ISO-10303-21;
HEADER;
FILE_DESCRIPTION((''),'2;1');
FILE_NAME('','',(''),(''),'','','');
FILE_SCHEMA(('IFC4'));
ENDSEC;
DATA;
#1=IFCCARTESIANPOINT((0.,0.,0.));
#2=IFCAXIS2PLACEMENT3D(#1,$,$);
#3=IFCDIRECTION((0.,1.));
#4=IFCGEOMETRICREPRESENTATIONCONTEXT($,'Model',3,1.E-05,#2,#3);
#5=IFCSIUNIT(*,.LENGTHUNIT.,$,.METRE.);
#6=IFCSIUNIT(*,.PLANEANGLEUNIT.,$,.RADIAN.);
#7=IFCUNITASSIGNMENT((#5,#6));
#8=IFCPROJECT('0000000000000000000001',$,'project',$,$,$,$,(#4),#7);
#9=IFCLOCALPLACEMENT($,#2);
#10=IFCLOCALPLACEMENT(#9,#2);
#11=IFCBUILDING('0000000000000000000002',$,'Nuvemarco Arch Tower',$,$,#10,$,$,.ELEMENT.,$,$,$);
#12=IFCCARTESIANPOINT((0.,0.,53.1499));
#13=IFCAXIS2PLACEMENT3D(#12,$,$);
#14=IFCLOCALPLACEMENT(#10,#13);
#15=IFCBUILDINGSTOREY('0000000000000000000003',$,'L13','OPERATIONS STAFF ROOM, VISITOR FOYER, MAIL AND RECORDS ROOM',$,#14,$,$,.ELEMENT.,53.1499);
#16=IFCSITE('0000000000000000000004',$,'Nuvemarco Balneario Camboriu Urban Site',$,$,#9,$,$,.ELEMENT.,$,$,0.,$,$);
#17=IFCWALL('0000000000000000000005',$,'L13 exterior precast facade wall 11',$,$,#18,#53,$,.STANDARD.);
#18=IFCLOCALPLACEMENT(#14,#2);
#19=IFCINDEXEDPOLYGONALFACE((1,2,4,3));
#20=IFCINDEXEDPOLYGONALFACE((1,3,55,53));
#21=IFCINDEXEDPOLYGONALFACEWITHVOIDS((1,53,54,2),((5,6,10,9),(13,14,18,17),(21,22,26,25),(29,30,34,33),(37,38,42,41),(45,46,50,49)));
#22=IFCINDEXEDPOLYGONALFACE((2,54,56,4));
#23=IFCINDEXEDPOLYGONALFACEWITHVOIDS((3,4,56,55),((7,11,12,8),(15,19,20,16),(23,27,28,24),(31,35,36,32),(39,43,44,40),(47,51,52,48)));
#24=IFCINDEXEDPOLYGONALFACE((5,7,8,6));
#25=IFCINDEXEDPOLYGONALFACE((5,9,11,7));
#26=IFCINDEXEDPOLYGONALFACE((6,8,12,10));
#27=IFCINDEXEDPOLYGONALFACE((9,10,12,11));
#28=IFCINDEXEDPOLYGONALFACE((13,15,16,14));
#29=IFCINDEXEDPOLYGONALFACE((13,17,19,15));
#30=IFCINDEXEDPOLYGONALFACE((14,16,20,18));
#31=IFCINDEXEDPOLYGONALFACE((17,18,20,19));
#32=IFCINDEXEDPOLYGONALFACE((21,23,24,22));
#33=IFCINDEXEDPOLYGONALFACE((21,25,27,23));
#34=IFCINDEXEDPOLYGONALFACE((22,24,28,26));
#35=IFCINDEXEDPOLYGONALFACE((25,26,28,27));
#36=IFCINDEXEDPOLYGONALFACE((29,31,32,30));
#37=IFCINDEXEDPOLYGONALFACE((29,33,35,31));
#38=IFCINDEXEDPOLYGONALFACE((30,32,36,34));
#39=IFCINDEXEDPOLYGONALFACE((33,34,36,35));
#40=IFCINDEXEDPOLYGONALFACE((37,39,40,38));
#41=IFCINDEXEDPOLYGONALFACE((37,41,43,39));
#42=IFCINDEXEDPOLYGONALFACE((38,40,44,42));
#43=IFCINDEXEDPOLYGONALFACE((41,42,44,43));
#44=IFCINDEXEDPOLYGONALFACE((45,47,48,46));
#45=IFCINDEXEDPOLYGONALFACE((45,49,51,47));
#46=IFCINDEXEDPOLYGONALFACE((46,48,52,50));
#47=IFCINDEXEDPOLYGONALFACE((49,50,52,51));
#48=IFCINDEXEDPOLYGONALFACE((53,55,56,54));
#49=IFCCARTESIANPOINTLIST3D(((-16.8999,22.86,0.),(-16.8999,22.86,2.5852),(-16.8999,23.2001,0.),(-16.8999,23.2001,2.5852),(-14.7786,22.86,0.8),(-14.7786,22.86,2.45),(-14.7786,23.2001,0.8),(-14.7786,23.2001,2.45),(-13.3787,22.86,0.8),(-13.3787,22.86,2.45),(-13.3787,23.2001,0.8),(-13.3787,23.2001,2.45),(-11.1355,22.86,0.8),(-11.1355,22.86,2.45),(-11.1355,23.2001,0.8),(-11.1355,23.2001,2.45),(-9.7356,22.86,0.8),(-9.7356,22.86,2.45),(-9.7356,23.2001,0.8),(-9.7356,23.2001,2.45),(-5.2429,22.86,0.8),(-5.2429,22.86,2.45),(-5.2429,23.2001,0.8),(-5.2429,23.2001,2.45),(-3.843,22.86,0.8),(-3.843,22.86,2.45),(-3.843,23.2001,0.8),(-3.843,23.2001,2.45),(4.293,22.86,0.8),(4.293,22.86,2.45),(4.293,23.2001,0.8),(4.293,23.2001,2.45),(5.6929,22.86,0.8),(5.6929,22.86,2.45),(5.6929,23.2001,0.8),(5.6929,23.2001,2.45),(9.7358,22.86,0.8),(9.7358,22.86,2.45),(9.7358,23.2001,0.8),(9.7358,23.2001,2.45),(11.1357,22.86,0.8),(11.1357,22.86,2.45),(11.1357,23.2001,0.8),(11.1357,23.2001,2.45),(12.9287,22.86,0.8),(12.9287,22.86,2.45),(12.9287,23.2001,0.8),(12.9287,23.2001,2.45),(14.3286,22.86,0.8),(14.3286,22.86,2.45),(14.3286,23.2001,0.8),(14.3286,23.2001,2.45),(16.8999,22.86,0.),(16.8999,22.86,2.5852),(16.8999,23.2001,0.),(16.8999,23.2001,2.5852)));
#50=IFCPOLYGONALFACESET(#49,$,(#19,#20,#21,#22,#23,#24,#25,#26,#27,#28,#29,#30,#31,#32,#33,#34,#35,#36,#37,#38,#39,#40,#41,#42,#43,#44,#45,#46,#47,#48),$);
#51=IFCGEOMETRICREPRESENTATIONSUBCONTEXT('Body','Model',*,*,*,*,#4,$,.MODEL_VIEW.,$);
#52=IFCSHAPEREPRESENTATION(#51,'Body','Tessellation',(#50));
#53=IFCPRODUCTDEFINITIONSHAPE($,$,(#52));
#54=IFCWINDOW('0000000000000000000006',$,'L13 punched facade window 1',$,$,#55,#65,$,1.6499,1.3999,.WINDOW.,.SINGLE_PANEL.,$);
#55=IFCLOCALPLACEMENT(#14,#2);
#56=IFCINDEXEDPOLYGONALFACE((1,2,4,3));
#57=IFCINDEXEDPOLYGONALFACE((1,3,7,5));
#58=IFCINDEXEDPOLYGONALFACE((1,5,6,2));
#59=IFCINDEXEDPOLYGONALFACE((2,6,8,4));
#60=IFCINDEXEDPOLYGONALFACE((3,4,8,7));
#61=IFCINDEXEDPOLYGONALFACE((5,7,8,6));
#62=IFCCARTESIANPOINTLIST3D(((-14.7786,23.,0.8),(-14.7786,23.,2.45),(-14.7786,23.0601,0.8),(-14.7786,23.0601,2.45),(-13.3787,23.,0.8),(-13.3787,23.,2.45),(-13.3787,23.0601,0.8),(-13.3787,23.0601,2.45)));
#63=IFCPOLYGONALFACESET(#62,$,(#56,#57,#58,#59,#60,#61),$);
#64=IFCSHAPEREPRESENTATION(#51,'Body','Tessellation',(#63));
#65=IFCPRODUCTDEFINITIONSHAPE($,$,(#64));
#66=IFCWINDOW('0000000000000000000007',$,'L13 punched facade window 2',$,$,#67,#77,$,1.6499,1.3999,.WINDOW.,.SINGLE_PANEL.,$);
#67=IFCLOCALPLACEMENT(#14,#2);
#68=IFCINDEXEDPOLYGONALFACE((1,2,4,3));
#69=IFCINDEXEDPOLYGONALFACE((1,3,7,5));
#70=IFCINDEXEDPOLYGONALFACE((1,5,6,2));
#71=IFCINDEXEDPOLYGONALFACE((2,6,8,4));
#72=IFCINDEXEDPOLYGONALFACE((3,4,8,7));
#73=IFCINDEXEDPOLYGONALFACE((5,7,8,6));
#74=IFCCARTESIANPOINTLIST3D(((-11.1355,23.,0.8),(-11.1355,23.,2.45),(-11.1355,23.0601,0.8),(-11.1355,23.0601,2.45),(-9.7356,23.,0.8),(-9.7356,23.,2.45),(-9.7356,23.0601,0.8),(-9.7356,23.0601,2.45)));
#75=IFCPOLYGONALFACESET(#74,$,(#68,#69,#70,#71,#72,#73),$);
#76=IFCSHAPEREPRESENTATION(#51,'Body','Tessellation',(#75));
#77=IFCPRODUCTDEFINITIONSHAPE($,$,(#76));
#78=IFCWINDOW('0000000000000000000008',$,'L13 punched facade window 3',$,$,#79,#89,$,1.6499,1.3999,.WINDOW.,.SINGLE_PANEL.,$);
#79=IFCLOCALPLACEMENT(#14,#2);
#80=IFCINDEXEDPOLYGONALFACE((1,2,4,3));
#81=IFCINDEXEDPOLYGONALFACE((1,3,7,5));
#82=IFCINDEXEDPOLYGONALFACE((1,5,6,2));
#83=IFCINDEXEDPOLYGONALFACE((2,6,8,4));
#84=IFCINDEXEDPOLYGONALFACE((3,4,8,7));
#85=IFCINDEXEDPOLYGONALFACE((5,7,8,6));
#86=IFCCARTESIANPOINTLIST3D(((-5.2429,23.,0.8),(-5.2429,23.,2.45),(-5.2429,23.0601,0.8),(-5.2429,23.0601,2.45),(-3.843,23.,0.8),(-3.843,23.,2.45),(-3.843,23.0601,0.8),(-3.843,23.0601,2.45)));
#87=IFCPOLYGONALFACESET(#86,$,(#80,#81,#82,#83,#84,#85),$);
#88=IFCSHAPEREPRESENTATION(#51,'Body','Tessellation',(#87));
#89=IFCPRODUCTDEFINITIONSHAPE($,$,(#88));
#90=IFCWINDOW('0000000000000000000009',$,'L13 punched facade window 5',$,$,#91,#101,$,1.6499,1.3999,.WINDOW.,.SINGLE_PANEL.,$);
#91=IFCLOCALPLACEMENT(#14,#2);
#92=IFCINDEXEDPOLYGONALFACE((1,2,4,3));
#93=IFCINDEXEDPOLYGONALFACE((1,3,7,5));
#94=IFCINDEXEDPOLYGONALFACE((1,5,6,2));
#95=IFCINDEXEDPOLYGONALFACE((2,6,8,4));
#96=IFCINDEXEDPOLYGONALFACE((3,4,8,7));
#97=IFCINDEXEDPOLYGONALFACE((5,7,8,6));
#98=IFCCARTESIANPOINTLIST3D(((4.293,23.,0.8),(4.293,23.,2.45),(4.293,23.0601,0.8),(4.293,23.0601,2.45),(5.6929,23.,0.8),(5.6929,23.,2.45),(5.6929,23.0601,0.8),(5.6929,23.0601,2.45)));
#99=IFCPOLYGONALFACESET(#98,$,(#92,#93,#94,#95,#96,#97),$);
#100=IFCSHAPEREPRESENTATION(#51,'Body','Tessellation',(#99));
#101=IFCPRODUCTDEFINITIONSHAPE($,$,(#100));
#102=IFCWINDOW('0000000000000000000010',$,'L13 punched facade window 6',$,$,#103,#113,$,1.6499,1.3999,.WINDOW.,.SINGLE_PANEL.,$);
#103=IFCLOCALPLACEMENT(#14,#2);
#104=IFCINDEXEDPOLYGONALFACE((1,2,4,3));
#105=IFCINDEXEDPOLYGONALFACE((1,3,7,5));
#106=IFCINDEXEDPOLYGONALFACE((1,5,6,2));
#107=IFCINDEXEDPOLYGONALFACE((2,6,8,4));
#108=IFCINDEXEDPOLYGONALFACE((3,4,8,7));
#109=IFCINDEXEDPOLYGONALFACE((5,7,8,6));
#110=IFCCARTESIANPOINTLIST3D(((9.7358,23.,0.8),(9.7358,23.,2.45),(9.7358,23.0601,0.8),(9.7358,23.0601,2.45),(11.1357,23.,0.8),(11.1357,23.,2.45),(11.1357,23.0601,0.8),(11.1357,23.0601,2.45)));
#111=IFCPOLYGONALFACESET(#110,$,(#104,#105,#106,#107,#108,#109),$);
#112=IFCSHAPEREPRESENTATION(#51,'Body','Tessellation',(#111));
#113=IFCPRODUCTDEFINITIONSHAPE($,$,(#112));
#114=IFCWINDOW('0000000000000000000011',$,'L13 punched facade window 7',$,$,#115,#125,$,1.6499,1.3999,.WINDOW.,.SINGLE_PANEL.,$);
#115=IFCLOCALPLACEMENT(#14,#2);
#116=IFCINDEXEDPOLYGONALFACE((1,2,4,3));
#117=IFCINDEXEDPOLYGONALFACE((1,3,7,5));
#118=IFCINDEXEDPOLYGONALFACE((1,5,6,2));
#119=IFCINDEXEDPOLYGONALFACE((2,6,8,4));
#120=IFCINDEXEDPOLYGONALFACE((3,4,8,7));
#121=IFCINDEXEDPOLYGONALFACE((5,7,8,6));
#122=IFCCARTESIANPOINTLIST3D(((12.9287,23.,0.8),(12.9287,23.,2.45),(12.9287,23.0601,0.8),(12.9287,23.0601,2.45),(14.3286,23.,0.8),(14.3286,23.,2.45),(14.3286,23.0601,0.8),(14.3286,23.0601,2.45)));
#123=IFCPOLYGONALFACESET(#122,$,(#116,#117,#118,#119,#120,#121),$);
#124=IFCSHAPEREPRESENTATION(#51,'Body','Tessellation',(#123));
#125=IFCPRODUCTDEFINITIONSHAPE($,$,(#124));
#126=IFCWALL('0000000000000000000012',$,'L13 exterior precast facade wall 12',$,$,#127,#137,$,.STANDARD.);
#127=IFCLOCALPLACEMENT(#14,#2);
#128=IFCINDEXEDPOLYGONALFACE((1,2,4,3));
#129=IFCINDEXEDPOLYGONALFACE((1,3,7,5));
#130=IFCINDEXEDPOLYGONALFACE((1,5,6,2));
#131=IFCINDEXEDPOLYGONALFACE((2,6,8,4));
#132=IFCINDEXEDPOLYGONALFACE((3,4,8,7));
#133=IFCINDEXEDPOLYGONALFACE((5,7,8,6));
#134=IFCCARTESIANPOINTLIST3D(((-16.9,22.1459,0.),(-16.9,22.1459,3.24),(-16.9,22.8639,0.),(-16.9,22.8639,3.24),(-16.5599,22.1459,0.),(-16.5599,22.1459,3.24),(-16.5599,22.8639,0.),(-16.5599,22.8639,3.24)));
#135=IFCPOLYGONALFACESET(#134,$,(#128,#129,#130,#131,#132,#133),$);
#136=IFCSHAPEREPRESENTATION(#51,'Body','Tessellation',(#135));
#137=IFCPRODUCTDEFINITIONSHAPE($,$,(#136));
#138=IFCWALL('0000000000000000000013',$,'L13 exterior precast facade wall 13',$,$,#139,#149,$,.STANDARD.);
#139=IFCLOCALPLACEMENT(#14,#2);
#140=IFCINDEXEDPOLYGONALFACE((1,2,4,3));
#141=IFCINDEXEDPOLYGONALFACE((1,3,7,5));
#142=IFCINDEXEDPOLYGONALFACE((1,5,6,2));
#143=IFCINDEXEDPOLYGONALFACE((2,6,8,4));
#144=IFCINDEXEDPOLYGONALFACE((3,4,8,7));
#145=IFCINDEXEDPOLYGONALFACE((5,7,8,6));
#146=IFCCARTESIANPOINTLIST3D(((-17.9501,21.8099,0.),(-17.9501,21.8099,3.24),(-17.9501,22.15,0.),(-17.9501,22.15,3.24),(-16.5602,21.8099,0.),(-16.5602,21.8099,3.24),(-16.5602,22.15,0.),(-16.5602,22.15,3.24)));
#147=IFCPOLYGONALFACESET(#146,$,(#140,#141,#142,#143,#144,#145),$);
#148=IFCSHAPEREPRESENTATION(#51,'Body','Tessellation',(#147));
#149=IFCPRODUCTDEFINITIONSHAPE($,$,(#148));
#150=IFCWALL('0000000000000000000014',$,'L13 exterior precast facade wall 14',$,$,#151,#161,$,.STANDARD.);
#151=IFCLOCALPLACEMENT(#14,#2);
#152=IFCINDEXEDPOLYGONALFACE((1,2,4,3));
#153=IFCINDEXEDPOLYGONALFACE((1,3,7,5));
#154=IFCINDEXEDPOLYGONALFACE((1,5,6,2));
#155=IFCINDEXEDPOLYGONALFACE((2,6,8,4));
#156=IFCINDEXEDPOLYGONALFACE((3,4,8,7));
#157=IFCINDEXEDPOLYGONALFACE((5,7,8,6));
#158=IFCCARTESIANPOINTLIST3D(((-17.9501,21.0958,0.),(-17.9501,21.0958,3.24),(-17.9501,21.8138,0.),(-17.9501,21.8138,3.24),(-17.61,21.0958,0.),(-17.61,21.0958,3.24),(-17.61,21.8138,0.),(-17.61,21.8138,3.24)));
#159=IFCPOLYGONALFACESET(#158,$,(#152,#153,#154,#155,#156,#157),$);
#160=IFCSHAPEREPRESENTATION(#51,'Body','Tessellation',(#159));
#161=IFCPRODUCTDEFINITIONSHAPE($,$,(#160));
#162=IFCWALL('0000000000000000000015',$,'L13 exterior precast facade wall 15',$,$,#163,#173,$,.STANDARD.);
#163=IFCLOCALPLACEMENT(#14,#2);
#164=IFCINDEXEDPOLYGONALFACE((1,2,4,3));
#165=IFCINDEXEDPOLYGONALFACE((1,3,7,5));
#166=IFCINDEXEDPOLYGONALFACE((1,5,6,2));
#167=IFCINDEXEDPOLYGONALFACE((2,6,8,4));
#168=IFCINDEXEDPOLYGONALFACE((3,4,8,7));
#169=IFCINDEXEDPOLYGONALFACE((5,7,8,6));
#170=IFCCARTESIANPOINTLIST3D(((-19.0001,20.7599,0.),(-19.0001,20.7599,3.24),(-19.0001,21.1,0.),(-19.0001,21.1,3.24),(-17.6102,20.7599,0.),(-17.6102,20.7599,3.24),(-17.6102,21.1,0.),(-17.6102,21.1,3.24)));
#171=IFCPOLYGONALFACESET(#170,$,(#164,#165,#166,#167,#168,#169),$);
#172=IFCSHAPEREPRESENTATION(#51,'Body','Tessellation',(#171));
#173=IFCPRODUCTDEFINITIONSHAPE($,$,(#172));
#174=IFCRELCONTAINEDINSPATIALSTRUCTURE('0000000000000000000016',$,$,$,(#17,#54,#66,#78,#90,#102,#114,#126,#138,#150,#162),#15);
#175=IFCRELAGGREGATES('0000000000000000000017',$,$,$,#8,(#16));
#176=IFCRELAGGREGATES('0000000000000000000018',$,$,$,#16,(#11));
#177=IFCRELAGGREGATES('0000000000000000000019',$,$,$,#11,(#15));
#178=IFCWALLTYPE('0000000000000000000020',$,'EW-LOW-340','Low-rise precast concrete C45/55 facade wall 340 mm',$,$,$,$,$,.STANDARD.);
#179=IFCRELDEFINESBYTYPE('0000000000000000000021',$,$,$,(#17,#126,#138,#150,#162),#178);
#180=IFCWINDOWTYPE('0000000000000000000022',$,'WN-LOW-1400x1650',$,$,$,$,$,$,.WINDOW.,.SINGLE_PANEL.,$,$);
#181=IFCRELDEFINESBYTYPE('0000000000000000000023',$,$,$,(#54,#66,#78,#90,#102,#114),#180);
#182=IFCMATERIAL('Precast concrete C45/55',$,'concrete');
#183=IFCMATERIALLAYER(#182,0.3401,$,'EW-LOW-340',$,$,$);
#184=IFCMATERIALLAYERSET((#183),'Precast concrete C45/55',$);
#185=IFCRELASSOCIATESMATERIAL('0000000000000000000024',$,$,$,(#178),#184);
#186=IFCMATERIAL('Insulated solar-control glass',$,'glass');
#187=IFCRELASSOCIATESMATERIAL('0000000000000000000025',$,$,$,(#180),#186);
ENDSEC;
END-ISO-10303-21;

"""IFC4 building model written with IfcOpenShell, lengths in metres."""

from ifc_helpers import new_model, si_unit, direction, frame, frame_2d, origin, place, context, subcontext, project, spatial, rectangle, extrude, source, transform, mapped, material, layer, layer_set, type_object, type_shapes, element, fill, save


model = new_model("IFC4")

# Units and contexts
model_context = context("Model", 3, precision=1e-05, world=origin(), true_north=direction((0.0, 1.0)))
body_context = subcontext(model_context, "Body", "Model", "MODEL_VIEW")
ifc_project = project(units=[si_unit("LENGTHUNIT", "METRE"), si_unit("PLANEANGLEUNIT", "RADIAN")], contexts=[model_context])

# Site, building, storey
site_placement = place(None, origin())
site = spatial("IfcSite", under=ifc_project, at=site_placement, Name="Nuvemarco Balneario Camboriu Urban Site", CompositionType="ELEMENT", RefElevation=0.0)
building_placement = place(site_placement, origin())
building = spatial("IfcBuilding", under=site, at=building_placement, Name="Nuvemarco Arch Tower", CompositionType="ELEMENT")
storey_placement = place(building_placement, frame((0.0, 0.0, 53.1499)))
storey = spatial("IfcBuildingStorey", under=building, at=storey_placement, Name="L13", Description="OPERATIONS STAFF ROOM, VISITOR FOYER, MAIL AND RECORDS ROOM", CompositionType="ELEMENT", Elevation=53.1499)

# Wall, openings, windows
ifc_material_1 = material(Name="Precast concrete C45/55", Category="concrete")
ifc_layer_1 = layer(ifc_material_1, 0.3401, Name="EW-LOW-340")
ifc_layer_set_1 = layer_set([ifc_layer_1], Name="Precast concrete C45/55")
wall_type = type_object("IfcWallType", Name="EW-LOW-340", Description="Low-rise precast concrete C45/55 facade wall 340 mm", PredefinedType="STANDARD", material=ifc_layer_set_1)
wall_1_placement = place(storey_placement, frame((-16.8999, 23.03, 0.0), z_axis=(0.0, 0.0, 1.0), x_axis=(1.0, 0.0, 0.0)))
wall_1 = element("IfcWall", 1, at=wall_1_placement, inside=storey, type_object=wall_type, Name="L13 exterior precast facade wall 11", PredefinedType="STANDARD", context=body_context, shape_type="SweptSolid", body=[
    extrude(rectangle(XDim=33.7998, YDim=0.3401, at=frame_2d((16.8999, 0.0))), origin(), (0.0, 0.0, 1.0), 2.5852),
])
opening_1_placement = place(wall_1_placement, frame((2.1213, 0.0, 0.8)))
opening_1 = element("IfcOpeningElement", 2, at=opening_1_placement, cuts=wall_1, PredefinedType="OPENING", context=body_context, shape_type="SweptSolid", body=[
    extrude(rectangle(XDim=1.3999, YDim=1.6499, at=frame_2d((0.7, 0.825))), frame((0.0, 0.1799, 0.0), z_axis=(0.0, -1.0, 0.0), x_axis=(1.0, 0.0, 0.0)), (0.0, 0.0, 1.0), 0.3601),
])
opening_2_placement = place(wall_1_placement, frame((5.7644, 0.0, 0.8)))
opening_2 = element("IfcOpeningElement", 3, at=opening_2_placement, cuts=wall_1, PredefinedType="OPENING", context=body_context, shape_type="SweptSolid", body=[
    extrude(rectangle(XDim=1.3999, YDim=1.6499, at=frame_2d((0.7, 0.825))), frame((0.0, 0.1799, 0.0), z_axis=(0.0, -1.0, 0.0), x_axis=(1.0, 0.0, 0.0)), (0.0, 0.0, 1.0), 0.3601),
])
opening_3_placement = place(wall_1_placement, frame((11.657, 0.0, 0.8)))
opening_3 = element("IfcOpeningElement", 4, at=opening_3_placement, cuts=wall_1, PredefinedType="OPENING", context=body_context, shape_type="SweptSolid", body=[
    extrude(rectangle(XDim=1.3999, YDim=1.6499, at=frame_2d((0.7, 0.825))), frame((0.0, 0.1799, 0.0), z_axis=(0.0, -1.0, 0.0), x_axis=(1.0, 0.0, 0.0)), (0.0, 0.0, 1.0), 0.3601),
])
opening_4_placement = place(wall_1_placement, frame((21.1929, 0.0, 0.8)))
opening_4 = element("IfcOpeningElement", 5, at=opening_4_placement, cuts=wall_1, PredefinedType="OPENING", context=body_context, shape_type="SweptSolid", body=[
    extrude(rectangle(XDim=1.3999, YDim=1.6499, at=frame_2d((0.7, 0.825))), frame((0.0, 0.1799, 0.0), z_axis=(0.0, -1.0, 0.0), x_axis=(1.0, 0.0, 0.0)), (0.0, 0.0, 1.0), 0.3601),
])
opening_5_placement = place(wall_1_placement, frame((26.6357, 0.0, 0.8)))
opening_5 = element("IfcOpeningElement", 6, at=opening_5_placement, cuts=wall_1, PredefinedType="OPENING", context=body_context, shape_type="SweptSolid", body=[
    extrude(rectangle(XDim=1.3999, YDim=1.6499, at=frame_2d((0.7, 0.825))), frame((0.0, 0.1799, 0.0), z_axis=(0.0, -1.0, 0.0), x_axis=(1.0, 0.0, 0.0)), (0.0, 0.0, 1.0), 0.3601),
])
opening_6_placement = place(wall_1_placement, frame((29.8286, 0.0, 0.8)))
opening_6 = element("IfcOpeningElement", 7, at=opening_6_placement, cuts=wall_1, PredefinedType="OPENING", context=body_context, shape_type="SweptSolid", body=[
    extrude(rectangle(XDim=1.3999, YDim=1.6499, at=frame_2d((0.7, 0.825))), frame((0.0, 0.1799, 0.0), z_axis=(0.0, -1.0, 0.0), x_axis=(1.0, 0.0, 0.0)), (0.0, 0.0, 1.0), 0.3601),
])
ifc_material_2 = material(Name="Insulated solar-control glass", Category="glass")
window_type = type_object("IfcWindowType", Name="WN-LOW-1400x1650", PartitioningType="SINGLE_PANEL", PredefinedType="WINDOW", material=ifc_material_2)
shared_shape_1 = source(origin(), body_context, "Body", "SweptSolid", [
    extrude(rectangle(XDim=1.3999, YDim=1.6499, at=frame_2d((0.7, 0.825))), frame((0.0, 0.03, 0.0), z_axis=(0.0, -1.0, 0.0), x_axis=(1.0, 0.0, 0.0)), (0.0, 0.0, 1.0), 0.0601),
])
type_shapes(window_type, [shared_shape_1])
window_1_placement = place(opening_1_placement, origin())
window_1 = element("IfcWindow", 8, at=window_1_placement, inside=storey, type_object=window_type, Name="L13 punched facade window 1", OverallHeight=1.6499, OverallWidth=1.3999, PartitioningType="SINGLE_PANEL", PredefinedType="WINDOW", context=body_context, shape_type="MappedRepresentation", body=[
    mapped(shared_shape_1, transform((0.0, 0.0, 0.0), scale=1.0)),
])
fill(opening_1, window_1)
window_2_placement = place(opening_2_placement, origin())
window_2 = element("IfcWindow", 9, at=window_2_placement, inside=storey, type_object=window_type, Name="L13 punched facade window 2", OverallHeight=1.6499, OverallWidth=1.3999, PartitioningType="SINGLE_PANEL", PredefinedType="WINDOW", context=body_context, shape_type="MappedRepresentation", body=[
    mapped(shared_shape_1, transform((0.0, 0.0, 0.0), scale=1.0)),
])
fill(opening_2, window_2)
window_3_placement = place(opening_3_placement, origin())
window_3 = element("IfcWindow", 10, at=window_3_placement, inside=storey, type_object=window_type, Name="L13 punched facade window 3", OverallHeight=1.6499, OverallWidth=1.3999, PartitioningType="SINGLE_PANEL", PredefinedType="WINDOW", context=body_context, shape_type="MappedRepresentation", body=[
    mapped(shared_shape_1, transform((0.0, 0.0, 0.0), scale=1.0)),
])
fill(opening_3, window_3)
window_4_placement = place(opening_4_placement, origin())
window_4 = element("IfcWindow", 11, at=window_4_placement, inside=storey, type_object=window_type, Name="L13 punched facade window 5", OverallHeight=1.6499, OverallWidth=1.3999, PartitioningType="SINGLE_PANEL", PredefinedType="WINDOW", context=body_context, shape_type="MappedRepresentation", body=[
    mapped(shared_shape_1, transform((0.0, 0.0, 0.0), scale=1.0)),
])
fill(opening_4, window_4)
window_5_placement = place(opening_5_placement, origin())
window_5 = element("IfcWindow", 12, at=window_5_placement, inside=storey, type_object=window_type, Name="L13 punched facade window 6", OverallHeight=1.6499, OverallWidth=1.3999, PartitioningType="SINGLE_PANEL", PredefinedType="WINDOW", context=body_context, shape_type="MappedRepresentation", body=[
    mapped(shared_shape_1, transform((0.0, 0.0, 0.0), scale=1.0)),
])
fill(opening_5, window_5)
window_6_placement = place(opening_6_placement, origin())
window_6 = element("IfcWindow", 13, at=window_6_placement, inside=storey, type_object=window_type, Name="L13 punched facade window 7", OverallHeight=1.6499, OverallWidth=1.3999, PartitioningType="SINGLE_PANEL", PredefinedType="WINDOW", context=body_context, shape_type="MappedRepresentation", body=[
    mapped(shared_shape_1, transform((0.0, 0.0, 0.0), scale=1.0)),
])
fill(opening_6, window_6)

# Walls
wall_2_placement = place(storey_placement, frame((-16.73, 22.146, 0.0), z_axis=(0.0, 0.0, 1.0), x_axis=(0.0, 1.0, 0.0)))
element("IfcWall", 14, at=wall_2_placement, inside=storey, type_object=wall_type, Name="L13 exterior precast facade wall 12", PredefinedType="STANDARD", context=body_context, shape_type="SweptSolid", body=[
    extrude(rectangle(XDim=0.718, YDim=0.3401, at=frame_2d((0.3589, 0.0))), origin(), (0.0, 0.0, 1.0), 3.24),
])
wall_3_placement = place(storey_placement, frame((-17.95, 21.98, 0.0), z_axis=(0.0, 0.0, 1.0), x_axis=(1.0, 0.0, 0.0)))
element("IfcWall", 15, at=wall_3_placement, inside=storey, type_object=wall_type, Name="L13 exterior precast facade wall 13", PredefinedType="STANDARD", context=body_context, shape_type="SweptSolid", body=[
    extrude(rectangle(XDim=1.3899, YDim=0.3401, at=frame_2d((0.6948, 0.0))), origin(), (0.0, 0.0, 1.0), 3.24),
])
wall_4_placement = place(storey_placement, frame((-17.78, 21.0959, 0.0), z_axis=(0.0, 0.0, 1.0), x_axis=(0.0, 1.0, 0.0)))
element("IfcWall", 16, at=wall_4_placement, inside=storey, type_object=wall_type, Name="L13 exterior precast facade wall 14", PredefinedType="STANDARD", context=body_context, shape_type="SweptSolid", body=[
    extrude(rectangle(XDim=0.718, YDim=0.3401, at=frame_2d((0.3589, 0.0))), origin(), (0.0, 0.0, 1.0), 3.24),
])
wall_5_placement = place(storey_placement, frame((-19.0, 20.9299, 0.0), z_axis=(0.0, 0.0, 1.0), x_axis=(1.0, 0.0, 0.0)))
element("IfcWall", 17, at=wall_5_placement, inside=storey, type_object=wall_type, Name="L13 exterior precast facade wall 15", PredefinedType="STANDARD", context=body_context, shape_type="SweptSolid", body=[
    extrude(rectangle(XDim=1.3899, YDim=0.3401, at=frame_2d((0.6948, 0.0))), origin(), (0.0, 0.0, 1.0), 3.24),
])

save(model, "model.ifc")
